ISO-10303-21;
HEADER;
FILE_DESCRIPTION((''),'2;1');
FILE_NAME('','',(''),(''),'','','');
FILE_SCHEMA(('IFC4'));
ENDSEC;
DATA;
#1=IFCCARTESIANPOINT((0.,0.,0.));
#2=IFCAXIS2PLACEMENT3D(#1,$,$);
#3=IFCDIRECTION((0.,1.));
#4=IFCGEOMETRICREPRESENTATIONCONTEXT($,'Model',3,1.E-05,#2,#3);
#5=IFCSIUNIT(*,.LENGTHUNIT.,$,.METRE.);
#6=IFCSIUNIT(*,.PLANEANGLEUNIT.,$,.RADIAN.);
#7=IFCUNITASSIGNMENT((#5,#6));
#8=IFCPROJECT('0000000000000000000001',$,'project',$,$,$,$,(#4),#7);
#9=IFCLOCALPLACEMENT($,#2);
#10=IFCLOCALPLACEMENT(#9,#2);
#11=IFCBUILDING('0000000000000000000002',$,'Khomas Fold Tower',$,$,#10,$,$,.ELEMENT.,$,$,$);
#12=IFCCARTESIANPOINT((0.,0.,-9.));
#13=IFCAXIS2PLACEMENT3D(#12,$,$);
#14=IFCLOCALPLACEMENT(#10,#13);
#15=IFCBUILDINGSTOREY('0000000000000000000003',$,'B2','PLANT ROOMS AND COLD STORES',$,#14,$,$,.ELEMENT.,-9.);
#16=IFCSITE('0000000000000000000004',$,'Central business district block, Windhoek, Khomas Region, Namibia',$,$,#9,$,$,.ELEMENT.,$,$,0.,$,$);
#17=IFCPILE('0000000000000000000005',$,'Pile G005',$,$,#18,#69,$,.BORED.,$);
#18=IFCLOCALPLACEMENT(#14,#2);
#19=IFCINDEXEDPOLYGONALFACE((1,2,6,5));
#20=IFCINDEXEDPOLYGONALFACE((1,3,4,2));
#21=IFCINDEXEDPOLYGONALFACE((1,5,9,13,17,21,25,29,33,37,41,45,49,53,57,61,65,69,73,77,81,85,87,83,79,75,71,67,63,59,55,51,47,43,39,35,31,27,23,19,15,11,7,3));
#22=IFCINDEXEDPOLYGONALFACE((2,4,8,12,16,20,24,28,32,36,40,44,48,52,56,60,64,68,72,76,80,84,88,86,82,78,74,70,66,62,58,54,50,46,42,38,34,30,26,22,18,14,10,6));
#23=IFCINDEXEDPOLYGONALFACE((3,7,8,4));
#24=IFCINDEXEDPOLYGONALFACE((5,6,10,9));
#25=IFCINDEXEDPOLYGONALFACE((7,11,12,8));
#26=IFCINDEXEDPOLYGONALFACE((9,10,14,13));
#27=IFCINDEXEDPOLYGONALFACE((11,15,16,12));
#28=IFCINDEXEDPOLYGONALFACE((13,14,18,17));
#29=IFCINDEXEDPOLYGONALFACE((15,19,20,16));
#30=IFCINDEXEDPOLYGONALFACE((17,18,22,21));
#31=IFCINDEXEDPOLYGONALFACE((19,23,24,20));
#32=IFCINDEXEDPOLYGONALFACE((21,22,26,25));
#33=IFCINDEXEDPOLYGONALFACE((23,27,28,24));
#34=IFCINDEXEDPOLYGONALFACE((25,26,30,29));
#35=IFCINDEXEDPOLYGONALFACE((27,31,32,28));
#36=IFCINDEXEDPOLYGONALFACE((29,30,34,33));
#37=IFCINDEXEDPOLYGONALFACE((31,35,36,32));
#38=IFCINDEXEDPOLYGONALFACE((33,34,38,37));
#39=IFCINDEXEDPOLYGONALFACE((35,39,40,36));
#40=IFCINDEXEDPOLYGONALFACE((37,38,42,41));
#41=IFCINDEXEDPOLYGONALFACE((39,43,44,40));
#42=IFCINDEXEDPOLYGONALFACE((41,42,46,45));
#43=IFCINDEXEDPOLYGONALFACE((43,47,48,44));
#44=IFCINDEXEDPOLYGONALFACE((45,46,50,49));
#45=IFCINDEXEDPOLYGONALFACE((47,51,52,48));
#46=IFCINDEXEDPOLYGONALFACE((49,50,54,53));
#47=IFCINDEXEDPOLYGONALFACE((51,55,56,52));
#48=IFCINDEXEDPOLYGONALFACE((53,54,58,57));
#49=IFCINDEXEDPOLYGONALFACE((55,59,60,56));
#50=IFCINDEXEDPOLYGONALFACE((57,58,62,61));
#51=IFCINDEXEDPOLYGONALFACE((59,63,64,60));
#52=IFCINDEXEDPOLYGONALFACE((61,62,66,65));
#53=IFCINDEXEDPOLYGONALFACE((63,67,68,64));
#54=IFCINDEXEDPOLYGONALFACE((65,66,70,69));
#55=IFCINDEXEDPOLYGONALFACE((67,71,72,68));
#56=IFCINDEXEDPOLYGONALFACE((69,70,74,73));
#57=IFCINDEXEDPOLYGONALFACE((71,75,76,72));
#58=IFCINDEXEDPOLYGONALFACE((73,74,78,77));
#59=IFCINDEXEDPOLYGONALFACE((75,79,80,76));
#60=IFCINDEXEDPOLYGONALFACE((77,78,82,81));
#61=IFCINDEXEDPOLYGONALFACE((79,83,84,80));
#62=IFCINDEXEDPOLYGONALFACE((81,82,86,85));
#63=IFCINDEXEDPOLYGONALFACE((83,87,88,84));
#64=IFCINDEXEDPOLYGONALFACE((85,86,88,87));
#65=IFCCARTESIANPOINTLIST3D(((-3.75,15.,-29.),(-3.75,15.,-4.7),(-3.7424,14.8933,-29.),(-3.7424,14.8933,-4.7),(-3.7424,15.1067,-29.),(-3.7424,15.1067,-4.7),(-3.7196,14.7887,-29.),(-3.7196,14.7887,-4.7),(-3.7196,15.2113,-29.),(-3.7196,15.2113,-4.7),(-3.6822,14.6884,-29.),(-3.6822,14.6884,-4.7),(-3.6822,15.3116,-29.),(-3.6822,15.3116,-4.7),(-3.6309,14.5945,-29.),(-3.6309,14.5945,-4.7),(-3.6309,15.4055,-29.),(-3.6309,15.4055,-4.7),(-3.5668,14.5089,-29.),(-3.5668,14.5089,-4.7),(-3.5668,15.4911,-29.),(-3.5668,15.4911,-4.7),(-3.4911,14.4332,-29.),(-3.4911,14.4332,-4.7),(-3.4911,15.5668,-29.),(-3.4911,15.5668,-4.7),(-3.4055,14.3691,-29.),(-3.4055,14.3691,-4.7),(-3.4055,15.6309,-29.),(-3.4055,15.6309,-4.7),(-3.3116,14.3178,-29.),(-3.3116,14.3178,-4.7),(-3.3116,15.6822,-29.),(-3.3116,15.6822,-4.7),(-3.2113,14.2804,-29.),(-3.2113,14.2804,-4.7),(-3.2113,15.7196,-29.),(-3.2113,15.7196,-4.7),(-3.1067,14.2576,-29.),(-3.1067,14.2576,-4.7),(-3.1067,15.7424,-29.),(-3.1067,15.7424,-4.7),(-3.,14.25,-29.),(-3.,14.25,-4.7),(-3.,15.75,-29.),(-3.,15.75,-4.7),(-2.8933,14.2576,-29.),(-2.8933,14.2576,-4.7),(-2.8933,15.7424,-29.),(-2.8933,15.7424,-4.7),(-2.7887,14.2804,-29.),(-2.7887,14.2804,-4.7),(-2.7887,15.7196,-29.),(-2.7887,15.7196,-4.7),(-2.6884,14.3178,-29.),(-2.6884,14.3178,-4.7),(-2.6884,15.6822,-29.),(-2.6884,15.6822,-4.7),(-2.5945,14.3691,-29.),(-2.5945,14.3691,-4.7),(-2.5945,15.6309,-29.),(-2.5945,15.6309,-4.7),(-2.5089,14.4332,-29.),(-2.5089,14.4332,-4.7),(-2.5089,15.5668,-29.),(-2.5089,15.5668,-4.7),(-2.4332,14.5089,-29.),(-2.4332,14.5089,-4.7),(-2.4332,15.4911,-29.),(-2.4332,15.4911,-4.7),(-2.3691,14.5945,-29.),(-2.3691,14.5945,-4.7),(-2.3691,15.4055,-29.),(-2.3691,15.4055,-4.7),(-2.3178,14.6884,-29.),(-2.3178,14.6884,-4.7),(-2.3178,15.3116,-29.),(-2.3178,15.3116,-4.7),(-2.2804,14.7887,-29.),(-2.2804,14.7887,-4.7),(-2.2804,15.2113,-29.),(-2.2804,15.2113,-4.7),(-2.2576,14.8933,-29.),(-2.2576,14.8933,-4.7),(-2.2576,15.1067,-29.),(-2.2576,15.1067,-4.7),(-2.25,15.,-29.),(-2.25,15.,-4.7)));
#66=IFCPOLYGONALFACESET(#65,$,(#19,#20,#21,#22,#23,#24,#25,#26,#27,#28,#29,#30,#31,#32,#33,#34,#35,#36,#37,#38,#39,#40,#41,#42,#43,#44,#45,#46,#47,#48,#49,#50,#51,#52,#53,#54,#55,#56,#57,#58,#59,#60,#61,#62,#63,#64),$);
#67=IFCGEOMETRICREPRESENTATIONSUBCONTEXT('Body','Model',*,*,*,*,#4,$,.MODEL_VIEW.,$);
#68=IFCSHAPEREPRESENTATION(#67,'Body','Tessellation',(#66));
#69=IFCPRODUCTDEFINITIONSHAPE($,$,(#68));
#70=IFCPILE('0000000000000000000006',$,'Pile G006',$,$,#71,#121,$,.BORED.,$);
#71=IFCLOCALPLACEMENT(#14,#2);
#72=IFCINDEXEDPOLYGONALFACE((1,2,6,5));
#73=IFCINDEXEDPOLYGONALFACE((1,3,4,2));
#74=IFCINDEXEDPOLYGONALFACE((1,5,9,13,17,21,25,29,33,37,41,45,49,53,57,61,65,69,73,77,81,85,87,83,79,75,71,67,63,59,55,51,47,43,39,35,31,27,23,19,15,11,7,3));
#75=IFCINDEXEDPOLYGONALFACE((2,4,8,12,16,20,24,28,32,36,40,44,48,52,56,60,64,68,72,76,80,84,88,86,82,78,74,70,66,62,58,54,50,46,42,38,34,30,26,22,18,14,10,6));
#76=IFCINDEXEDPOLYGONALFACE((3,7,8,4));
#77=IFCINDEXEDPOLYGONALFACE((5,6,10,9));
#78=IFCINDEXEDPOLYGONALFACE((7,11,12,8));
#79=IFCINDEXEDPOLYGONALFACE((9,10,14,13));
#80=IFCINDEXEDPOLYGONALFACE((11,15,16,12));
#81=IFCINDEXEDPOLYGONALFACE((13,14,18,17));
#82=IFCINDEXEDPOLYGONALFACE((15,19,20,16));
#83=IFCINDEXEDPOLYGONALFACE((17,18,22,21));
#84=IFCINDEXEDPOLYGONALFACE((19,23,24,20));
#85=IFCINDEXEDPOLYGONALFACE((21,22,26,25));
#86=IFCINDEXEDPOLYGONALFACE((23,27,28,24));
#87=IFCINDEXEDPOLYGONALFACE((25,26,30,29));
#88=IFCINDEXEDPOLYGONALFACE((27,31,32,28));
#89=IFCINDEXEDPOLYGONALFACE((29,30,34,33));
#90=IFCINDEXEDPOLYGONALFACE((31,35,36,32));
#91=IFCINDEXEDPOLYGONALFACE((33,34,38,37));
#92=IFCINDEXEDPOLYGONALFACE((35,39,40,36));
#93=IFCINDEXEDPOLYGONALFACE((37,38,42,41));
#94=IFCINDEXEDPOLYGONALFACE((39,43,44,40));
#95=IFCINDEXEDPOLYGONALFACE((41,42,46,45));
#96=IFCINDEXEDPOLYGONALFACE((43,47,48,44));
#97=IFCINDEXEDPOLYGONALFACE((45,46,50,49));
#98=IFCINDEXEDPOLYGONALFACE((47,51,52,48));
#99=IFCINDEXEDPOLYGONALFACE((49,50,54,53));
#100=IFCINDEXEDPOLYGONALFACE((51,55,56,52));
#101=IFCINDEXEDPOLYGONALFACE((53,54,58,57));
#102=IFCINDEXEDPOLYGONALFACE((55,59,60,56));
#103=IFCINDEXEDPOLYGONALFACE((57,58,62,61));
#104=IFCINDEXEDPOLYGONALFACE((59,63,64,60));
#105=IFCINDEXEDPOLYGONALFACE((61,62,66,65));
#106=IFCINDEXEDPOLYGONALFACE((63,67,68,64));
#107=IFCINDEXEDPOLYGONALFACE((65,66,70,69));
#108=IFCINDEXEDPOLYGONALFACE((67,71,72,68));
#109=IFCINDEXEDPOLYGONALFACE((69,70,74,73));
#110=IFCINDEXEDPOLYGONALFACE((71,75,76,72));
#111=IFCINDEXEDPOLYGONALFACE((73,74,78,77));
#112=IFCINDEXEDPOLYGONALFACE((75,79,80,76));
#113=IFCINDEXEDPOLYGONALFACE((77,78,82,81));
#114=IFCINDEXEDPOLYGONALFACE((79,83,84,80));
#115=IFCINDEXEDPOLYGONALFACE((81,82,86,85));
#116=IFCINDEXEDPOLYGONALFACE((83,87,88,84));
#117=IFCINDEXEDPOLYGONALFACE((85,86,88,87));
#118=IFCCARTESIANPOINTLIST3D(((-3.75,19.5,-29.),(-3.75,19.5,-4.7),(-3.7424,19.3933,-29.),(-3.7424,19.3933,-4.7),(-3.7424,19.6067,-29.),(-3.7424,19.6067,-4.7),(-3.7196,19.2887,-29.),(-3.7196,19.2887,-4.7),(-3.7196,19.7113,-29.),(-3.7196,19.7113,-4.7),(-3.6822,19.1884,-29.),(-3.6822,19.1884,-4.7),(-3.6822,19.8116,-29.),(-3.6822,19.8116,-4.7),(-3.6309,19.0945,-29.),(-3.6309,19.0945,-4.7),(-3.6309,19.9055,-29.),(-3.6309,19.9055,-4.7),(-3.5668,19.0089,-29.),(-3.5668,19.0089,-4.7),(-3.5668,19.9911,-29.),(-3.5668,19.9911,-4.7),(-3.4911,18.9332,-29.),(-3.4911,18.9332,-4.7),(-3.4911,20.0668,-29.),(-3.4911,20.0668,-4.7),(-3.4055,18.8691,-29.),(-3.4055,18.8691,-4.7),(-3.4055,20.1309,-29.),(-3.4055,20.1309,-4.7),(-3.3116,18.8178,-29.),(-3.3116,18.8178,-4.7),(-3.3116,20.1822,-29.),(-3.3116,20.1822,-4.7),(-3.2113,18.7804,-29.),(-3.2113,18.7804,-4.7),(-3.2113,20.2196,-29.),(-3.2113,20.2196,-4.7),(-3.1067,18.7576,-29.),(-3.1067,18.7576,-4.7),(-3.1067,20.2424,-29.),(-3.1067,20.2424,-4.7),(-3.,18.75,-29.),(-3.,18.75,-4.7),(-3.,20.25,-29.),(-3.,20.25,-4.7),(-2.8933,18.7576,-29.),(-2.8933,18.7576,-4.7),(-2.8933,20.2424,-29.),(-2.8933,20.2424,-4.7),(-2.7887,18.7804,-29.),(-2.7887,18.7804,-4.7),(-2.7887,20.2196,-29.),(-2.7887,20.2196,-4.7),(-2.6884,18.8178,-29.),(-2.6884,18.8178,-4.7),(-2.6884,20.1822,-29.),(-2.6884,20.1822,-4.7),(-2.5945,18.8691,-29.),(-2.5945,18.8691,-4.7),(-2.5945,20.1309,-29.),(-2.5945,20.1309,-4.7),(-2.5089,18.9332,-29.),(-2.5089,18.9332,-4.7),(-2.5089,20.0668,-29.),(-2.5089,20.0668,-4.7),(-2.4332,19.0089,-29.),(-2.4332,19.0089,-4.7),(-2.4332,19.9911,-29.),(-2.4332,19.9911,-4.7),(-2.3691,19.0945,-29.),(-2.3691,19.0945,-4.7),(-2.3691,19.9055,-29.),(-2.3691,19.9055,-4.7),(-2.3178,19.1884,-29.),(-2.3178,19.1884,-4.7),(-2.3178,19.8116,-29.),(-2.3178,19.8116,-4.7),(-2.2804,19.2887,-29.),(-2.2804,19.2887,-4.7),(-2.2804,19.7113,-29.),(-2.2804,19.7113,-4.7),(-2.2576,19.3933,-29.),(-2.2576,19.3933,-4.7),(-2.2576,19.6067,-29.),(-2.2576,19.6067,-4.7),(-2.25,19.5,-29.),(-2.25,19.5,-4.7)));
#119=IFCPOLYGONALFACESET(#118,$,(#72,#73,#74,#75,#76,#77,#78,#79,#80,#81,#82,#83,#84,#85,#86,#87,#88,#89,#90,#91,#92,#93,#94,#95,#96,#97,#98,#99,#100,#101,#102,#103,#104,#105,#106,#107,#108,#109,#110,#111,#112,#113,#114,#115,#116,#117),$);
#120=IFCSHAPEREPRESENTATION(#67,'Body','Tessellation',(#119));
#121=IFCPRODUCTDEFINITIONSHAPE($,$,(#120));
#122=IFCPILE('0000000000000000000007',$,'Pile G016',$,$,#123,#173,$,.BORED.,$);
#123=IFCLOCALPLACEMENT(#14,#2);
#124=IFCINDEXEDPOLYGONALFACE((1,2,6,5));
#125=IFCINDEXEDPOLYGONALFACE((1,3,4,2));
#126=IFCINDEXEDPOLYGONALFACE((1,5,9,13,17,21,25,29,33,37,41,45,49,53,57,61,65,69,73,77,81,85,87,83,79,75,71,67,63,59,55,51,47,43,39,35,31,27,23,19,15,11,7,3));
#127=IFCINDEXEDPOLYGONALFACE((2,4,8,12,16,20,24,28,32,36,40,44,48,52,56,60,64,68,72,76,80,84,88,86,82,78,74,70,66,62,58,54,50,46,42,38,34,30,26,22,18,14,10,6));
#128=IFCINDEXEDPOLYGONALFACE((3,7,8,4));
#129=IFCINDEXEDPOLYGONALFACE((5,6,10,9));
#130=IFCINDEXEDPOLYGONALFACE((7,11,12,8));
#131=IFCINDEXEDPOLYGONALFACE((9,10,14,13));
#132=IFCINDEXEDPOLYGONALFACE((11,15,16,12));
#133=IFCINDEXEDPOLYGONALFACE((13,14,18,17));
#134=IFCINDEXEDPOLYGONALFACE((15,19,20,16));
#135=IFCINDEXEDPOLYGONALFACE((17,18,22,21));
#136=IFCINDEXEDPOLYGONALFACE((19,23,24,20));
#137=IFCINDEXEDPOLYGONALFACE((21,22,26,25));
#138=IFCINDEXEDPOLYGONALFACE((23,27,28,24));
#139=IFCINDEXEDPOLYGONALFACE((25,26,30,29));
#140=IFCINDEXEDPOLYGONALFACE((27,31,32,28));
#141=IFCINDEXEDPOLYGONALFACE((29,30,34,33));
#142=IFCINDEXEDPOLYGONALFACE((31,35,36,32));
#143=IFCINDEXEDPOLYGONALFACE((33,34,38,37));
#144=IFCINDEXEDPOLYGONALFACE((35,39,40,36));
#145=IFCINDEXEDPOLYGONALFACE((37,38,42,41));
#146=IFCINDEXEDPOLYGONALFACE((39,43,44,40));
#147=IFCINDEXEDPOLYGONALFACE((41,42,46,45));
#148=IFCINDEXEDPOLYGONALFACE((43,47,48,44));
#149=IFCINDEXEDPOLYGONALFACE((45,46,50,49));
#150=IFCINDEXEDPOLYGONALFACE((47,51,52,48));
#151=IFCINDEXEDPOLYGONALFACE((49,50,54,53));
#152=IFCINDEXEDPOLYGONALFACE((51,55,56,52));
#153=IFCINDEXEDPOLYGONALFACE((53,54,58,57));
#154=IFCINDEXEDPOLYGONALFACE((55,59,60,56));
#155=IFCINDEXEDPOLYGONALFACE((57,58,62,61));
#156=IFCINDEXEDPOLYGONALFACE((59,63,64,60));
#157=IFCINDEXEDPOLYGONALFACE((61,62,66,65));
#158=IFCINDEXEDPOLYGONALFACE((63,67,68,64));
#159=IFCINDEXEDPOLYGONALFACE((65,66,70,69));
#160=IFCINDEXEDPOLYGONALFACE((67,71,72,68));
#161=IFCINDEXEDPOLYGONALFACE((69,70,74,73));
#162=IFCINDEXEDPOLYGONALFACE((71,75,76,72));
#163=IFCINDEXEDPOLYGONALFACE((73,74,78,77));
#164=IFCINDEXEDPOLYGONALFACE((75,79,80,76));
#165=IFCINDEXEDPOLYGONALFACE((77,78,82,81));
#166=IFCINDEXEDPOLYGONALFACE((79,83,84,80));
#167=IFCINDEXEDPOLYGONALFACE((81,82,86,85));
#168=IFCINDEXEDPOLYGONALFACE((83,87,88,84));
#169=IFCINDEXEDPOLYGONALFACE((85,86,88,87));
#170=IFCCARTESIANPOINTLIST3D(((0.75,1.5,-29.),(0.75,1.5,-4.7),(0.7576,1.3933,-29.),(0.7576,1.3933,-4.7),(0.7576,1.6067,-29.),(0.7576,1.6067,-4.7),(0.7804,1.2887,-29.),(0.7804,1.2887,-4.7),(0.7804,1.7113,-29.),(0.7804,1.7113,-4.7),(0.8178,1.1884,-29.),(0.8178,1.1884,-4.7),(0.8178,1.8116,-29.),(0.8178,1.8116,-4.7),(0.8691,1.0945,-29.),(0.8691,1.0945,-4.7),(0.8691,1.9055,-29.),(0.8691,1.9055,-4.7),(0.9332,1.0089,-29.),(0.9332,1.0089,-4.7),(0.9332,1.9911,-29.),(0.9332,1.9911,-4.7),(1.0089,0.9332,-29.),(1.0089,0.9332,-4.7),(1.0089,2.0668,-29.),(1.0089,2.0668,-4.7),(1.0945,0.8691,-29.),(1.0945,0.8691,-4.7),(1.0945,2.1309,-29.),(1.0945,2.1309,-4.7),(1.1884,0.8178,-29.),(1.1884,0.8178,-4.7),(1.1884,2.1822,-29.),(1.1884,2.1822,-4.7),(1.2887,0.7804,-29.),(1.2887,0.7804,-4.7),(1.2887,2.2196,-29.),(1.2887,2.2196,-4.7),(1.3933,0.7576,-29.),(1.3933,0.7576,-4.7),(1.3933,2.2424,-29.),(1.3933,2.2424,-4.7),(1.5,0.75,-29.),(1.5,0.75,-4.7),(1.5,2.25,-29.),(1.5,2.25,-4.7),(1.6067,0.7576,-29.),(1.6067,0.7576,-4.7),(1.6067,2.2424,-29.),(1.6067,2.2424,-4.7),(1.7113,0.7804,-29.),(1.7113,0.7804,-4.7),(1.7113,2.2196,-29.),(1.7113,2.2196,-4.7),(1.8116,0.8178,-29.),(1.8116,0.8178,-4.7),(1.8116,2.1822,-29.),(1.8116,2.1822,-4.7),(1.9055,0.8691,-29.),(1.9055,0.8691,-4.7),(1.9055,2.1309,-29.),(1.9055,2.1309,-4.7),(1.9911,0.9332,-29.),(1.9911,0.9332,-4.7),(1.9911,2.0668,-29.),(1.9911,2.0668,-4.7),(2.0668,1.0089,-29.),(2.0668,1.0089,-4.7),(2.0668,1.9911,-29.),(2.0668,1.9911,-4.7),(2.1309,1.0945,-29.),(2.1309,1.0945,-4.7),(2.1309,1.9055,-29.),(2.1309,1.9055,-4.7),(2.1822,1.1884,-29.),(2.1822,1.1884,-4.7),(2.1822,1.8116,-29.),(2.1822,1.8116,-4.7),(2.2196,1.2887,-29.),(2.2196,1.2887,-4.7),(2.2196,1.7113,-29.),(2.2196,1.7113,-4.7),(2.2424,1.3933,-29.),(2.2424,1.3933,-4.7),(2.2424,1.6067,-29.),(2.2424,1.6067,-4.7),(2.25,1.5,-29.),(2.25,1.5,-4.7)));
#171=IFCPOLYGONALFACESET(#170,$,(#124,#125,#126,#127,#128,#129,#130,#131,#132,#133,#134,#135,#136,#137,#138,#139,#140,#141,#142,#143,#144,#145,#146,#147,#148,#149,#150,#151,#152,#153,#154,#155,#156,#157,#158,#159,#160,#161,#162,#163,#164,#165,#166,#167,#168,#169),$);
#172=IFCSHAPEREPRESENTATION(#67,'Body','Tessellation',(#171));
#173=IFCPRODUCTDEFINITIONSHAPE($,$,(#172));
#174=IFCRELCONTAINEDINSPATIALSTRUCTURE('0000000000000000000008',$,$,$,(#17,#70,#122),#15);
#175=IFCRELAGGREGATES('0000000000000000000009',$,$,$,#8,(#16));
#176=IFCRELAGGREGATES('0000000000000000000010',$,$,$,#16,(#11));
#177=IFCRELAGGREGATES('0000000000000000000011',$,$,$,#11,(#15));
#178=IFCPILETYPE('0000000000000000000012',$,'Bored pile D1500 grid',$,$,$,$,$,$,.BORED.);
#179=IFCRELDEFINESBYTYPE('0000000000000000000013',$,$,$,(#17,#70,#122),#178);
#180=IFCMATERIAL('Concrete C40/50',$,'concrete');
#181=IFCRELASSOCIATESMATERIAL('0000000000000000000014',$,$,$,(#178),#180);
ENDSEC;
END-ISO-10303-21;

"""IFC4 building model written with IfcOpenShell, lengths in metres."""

from ifc_helpers import new_model, si_unit, direction, frame, origin, origin_2d, place, context, subcontext, project, spatial, circle, extrude, source, transform, mapped, material, material_profile, profile_set, type_object, element, save


model = new_model("IFC4")

# Units and contexts
model_context = context("Model", 3, precision=1e-05, world=origin(), true_north=direction((0.0, 1.0)))
body_context = subcontext(model_context, "Body", "Model", "MODEL_VIEW")
ifc_project = project(units=[si_unit("LENGTHUNIT", "METRE"), si_unit("PLANEANGLEUNIT", "RADIAN")], contexts=[model_context])

# Site, building, storey
site_placement = place(None, origin())
site = spatial("IfcSite", under=ifc_project, at=site_placement, Name="Central business district block, Windhoek, Khomas Region, Namibia", CompositionType="ELEMENT", RefElevation=0.0)
building_placement = place(site_placement, origin())
building = spatial("IfcBuilding", under=site, at=building_placement, Name="Khomas Fold Tower", CompositionType="ELEMENT")
storey_placement = place(building_placement, frame((0.0, 0.0, -9.0)))
storey = spatial("IfcBuildingStorey", under=building, at=storey_placement, Name="B2", Description="PLANT ROOMS AND COLD STORES", CompositionType="ELEMENT", Elevation=-9.0)

# Piles
ifc_material_1 = material(Name="Concrete C40/50", Category="concrete")
ifc_material_profile_1 = material_profile(ifc_material_1, circle(Radius=0.75, at=origin_2d()), Name="PILE D1500")
ifc_profile_set_1 = profile_set([ifc_material_profile_1], Name="Concrete C40/50")
pile_type = type_object("IfcPileType", Name="Bored pile D1500 grid", PredefinedType="BORED", material=ifc_profile_set_1)
shared_shape_1 = source(origin(), body_context, "Body", "SweptSolid", [
    extrude(circle(Radius=0.75, at=origin_2d()), origin(), (0.0, 0.0, 1.0), 24.3),
])
for number, where, z_axis, x_axis, name in (
    (1, (-3.0, 15.0, -4.7), (0.0, 0.0, -1.0), (1.0, 0.0, 0.0), "Pile G005"),
    (2, (-3.0, 19.5, -4.7), (0.0, 0.0, -1.0), (1.0, 0.0, 0.0), "Pile G006"),
    (3, (1.5, 1.5, -4.7), (0.0, 0.0, -1.0), (1.0, 0.0, 0.0), "Pile G016"),
):
    element("IfcPile", number, at=place(storey_placement, frame(where, z_axis=z_axis, x_axis=x_axis)), inside=storey, type_object=pile_type, Name=name, PredefinedType="BORED", context=body_context, shape_type="MappedRepresentation", body=[
        mapped(shared_shape_1, transform((0.0, 0.0, 0.0))),
    ])

save(model, "model.ifc")
